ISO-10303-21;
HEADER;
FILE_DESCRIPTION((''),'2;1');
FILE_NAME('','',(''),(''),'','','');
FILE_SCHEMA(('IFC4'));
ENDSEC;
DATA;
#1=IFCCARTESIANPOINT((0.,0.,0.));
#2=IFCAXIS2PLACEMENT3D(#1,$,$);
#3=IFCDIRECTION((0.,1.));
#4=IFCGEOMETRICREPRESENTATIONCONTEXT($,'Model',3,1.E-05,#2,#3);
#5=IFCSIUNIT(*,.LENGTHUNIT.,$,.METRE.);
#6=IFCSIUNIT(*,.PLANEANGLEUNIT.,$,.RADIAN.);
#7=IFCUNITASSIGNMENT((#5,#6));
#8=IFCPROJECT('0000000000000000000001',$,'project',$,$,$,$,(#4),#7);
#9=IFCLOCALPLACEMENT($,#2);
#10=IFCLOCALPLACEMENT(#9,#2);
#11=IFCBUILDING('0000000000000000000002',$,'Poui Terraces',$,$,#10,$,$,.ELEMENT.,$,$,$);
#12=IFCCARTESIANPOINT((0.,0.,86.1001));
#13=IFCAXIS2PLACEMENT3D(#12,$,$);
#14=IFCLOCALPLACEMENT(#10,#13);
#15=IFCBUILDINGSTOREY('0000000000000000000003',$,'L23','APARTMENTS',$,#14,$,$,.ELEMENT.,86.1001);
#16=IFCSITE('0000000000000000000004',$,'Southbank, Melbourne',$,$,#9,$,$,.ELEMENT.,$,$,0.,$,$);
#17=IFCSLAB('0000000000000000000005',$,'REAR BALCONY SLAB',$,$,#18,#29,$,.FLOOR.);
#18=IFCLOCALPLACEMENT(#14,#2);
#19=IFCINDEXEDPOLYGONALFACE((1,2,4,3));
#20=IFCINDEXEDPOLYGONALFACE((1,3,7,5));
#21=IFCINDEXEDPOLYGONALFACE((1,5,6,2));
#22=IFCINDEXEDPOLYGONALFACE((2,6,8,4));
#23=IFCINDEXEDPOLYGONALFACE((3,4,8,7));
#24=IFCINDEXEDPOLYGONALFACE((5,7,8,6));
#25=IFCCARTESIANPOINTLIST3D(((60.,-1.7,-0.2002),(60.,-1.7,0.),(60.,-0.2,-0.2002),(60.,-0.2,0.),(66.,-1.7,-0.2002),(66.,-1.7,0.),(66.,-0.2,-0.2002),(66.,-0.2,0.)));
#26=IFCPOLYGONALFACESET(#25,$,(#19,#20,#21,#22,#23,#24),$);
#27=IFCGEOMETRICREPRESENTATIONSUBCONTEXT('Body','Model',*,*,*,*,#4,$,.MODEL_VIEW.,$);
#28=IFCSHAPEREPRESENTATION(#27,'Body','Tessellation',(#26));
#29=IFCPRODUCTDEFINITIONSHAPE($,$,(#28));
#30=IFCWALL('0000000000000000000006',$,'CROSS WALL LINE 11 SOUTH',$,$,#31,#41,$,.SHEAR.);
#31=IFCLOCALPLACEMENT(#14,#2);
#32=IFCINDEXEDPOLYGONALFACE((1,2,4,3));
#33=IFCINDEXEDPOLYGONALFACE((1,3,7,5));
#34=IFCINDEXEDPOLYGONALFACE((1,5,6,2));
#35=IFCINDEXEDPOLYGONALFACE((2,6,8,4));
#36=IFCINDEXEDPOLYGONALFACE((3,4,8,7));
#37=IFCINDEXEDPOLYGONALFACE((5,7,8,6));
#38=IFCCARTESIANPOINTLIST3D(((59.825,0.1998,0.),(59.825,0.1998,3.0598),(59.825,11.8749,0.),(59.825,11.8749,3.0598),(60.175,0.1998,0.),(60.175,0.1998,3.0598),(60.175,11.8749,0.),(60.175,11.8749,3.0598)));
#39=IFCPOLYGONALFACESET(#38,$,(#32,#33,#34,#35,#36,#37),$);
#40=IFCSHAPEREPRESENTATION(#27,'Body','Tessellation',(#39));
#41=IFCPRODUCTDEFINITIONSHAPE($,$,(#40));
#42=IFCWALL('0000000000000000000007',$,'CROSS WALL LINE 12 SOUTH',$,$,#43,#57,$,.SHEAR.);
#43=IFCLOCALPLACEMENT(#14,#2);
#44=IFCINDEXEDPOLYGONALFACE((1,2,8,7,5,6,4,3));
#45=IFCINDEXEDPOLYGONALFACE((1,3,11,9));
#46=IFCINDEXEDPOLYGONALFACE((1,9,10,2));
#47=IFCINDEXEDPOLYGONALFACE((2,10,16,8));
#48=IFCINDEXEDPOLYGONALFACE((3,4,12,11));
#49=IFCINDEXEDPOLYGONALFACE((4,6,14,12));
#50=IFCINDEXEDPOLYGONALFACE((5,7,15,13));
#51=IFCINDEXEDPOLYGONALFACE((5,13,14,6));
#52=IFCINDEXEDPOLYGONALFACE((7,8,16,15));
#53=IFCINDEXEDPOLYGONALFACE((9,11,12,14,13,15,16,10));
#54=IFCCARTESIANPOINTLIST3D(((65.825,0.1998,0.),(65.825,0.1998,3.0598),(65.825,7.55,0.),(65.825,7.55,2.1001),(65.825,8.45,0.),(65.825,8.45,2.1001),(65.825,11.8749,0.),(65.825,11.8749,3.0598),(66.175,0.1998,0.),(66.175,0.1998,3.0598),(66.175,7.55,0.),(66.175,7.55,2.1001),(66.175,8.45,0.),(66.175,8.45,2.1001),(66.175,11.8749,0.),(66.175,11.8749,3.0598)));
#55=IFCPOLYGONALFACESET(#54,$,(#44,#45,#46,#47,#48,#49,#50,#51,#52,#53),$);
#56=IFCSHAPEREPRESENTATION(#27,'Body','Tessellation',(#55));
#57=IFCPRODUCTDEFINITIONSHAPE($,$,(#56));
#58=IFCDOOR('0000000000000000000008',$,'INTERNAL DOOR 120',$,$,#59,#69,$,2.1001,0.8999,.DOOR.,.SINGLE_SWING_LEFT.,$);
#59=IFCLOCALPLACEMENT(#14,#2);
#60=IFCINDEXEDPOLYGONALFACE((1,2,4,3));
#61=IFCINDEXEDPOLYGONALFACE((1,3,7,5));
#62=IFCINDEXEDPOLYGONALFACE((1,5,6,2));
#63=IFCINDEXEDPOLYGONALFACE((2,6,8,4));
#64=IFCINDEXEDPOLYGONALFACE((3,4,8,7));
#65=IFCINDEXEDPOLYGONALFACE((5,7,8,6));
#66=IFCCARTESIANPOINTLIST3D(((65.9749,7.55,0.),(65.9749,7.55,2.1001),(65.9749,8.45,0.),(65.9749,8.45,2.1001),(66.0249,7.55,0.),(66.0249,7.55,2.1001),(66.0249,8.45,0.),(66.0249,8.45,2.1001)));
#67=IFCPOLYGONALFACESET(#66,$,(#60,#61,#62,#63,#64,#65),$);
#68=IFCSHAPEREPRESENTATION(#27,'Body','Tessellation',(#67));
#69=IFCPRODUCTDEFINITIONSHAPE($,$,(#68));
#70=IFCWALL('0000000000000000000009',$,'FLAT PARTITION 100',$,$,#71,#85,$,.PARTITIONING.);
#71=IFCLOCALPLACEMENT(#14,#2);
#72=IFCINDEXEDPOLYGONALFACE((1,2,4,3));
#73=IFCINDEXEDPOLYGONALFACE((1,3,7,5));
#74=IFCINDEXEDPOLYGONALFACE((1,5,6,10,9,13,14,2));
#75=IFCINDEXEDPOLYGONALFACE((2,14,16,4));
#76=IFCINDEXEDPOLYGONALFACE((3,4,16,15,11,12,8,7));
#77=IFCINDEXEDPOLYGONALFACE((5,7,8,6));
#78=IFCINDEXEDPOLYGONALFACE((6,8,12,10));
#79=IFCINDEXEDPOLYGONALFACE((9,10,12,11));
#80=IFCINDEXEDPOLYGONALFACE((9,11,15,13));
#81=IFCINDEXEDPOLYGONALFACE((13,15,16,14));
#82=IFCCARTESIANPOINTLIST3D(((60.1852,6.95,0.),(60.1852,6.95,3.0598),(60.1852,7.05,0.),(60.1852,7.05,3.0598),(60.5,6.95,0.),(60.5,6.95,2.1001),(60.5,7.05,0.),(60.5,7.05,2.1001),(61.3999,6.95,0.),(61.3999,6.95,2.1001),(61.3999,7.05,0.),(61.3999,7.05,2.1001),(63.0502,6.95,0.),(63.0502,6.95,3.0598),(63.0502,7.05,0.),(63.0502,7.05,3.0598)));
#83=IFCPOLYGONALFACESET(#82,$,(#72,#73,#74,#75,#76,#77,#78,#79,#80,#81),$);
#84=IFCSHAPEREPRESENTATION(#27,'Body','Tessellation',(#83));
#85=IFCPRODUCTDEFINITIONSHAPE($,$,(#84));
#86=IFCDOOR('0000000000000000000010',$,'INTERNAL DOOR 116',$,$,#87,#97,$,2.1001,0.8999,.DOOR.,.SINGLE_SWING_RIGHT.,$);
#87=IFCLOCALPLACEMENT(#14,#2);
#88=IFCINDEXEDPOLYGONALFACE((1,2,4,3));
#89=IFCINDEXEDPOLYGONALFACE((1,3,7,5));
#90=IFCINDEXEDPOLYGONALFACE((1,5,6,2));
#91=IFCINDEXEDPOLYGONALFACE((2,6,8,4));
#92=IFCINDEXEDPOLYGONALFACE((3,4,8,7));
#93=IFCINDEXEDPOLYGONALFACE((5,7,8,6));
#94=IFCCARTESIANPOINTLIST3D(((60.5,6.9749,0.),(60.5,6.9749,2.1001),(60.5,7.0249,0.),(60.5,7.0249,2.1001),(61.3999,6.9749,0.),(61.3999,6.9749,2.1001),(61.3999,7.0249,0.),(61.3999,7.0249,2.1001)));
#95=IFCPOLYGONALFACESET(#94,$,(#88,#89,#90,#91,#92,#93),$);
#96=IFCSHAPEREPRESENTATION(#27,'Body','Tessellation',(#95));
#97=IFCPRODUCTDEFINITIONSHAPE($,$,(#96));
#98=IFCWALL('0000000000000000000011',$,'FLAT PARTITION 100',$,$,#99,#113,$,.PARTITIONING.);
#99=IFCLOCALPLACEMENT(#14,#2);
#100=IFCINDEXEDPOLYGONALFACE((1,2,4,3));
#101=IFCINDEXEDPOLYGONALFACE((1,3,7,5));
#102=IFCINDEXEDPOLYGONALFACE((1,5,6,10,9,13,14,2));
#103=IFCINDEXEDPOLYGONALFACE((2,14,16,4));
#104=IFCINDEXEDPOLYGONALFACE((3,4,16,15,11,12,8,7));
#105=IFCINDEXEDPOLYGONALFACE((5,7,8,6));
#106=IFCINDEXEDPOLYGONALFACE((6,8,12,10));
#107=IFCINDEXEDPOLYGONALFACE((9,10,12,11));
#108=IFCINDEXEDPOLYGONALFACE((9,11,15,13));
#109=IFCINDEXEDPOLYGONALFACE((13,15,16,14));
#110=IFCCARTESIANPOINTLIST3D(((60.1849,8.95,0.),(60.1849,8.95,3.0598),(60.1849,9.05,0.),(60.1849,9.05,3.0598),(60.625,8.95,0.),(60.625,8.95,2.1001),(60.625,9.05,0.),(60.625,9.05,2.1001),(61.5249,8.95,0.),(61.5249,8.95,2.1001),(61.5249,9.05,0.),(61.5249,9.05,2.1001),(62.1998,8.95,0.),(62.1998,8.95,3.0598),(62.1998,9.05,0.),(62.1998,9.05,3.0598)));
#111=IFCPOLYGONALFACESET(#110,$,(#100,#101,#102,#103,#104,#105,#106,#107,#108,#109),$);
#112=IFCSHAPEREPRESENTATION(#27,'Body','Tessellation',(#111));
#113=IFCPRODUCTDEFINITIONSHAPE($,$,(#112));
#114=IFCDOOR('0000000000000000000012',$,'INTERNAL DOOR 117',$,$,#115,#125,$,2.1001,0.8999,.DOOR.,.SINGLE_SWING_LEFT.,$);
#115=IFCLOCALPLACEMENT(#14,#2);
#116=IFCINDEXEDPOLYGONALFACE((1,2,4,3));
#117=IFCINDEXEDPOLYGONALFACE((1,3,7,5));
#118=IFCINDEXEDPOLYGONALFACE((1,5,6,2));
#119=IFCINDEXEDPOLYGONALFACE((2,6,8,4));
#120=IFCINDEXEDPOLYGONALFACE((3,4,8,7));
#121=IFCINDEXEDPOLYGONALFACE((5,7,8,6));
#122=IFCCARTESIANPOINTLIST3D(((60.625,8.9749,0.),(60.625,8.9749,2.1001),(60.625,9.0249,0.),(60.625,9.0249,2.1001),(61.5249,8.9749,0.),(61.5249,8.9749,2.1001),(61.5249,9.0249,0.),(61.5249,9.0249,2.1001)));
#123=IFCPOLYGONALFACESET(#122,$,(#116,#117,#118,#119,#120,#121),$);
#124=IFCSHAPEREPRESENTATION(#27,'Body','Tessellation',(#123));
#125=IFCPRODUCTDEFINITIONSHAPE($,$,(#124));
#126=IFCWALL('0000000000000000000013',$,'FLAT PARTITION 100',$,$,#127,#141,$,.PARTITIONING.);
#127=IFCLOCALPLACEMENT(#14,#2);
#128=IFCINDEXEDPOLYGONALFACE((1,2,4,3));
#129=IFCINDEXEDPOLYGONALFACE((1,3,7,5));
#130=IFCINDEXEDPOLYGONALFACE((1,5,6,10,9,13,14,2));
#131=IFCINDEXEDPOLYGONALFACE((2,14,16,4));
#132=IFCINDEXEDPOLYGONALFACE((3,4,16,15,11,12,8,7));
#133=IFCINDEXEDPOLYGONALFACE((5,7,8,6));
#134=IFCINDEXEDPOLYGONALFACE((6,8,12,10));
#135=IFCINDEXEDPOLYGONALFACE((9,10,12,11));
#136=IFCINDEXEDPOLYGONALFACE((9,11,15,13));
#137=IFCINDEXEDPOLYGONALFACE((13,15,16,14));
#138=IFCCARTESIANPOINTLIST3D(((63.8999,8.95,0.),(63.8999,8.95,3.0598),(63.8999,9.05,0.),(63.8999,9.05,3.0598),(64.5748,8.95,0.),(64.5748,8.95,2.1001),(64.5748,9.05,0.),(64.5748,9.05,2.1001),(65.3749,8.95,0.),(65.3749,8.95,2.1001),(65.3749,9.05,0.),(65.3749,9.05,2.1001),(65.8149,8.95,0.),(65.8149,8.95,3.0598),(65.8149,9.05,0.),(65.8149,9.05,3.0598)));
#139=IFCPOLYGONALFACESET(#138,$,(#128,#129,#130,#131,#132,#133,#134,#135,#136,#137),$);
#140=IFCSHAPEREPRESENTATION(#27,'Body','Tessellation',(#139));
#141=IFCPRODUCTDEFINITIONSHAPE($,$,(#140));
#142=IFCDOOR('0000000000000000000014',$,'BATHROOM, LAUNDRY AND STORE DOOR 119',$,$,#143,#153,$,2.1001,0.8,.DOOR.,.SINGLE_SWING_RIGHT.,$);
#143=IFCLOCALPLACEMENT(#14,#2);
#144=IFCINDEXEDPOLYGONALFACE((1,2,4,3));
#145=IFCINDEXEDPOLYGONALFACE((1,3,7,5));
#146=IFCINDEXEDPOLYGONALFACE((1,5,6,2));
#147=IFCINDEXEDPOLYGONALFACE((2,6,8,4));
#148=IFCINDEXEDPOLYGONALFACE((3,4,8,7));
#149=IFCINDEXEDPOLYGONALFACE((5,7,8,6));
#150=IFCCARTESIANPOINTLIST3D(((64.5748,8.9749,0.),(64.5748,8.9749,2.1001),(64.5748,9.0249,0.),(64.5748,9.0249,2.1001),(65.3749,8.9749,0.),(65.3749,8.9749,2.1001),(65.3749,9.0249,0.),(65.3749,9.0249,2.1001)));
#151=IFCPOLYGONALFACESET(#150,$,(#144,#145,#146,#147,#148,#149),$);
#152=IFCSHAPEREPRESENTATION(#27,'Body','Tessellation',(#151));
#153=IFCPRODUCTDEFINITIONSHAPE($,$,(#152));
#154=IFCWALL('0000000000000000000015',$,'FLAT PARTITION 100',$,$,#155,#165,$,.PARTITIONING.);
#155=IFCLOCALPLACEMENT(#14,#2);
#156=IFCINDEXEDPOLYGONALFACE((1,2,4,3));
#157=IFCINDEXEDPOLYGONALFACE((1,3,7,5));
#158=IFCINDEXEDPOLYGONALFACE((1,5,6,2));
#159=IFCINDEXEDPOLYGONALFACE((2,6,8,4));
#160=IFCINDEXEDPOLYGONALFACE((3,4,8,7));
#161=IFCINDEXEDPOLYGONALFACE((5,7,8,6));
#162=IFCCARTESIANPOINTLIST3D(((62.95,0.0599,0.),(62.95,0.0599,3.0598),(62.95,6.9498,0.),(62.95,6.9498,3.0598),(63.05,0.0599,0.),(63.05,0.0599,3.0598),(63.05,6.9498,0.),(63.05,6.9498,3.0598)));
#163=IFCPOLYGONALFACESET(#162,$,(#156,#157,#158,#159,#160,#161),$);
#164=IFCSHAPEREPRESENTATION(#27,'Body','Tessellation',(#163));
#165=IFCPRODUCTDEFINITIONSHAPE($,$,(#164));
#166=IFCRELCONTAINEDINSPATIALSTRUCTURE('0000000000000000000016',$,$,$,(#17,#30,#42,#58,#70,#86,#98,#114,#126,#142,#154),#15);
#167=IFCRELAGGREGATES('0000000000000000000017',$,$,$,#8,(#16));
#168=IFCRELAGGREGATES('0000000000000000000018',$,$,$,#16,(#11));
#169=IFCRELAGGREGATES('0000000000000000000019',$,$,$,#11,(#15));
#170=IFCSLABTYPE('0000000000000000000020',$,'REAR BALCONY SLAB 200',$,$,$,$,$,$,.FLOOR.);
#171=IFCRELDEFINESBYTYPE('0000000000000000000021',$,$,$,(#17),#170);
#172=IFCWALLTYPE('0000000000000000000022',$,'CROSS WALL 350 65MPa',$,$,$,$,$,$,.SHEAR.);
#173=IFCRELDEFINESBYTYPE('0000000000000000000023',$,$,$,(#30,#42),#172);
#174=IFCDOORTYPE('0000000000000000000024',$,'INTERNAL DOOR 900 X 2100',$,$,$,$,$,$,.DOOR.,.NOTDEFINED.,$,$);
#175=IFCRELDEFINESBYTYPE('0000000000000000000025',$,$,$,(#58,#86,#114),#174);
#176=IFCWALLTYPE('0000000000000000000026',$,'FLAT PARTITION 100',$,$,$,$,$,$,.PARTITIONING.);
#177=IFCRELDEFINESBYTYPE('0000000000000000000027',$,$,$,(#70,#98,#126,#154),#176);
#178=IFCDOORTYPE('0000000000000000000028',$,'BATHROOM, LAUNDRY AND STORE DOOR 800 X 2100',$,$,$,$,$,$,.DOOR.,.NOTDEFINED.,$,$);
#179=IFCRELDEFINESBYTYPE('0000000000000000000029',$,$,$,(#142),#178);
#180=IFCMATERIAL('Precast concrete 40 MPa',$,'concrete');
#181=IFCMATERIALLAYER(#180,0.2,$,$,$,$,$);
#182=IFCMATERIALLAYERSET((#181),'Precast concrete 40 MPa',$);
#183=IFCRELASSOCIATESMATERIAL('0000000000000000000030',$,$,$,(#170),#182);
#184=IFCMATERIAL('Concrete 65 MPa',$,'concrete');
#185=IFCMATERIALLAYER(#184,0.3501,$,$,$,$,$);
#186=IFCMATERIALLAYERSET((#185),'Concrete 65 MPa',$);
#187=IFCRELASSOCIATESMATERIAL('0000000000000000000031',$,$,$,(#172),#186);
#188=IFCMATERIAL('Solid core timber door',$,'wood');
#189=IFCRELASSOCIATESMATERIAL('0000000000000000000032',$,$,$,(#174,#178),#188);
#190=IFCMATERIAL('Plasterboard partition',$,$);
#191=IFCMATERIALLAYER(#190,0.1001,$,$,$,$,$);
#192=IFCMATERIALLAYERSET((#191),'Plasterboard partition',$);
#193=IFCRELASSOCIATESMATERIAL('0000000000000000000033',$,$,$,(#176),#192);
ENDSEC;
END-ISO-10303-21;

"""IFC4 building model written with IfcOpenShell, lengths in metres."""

from ifc_helpers import new_model, si_unit, direction, frame, frame_2d, origin, place, context, subcontext, project, spatial, polyline, rectangle, outline, extrude, source, transform, mapped, material, layer, layer_set, type_object, element, fill, save


model = new_model("IFC4")

# Units and contexts
model_context = context("Model", 3, precision=1e-05, world=origin(), true_north=direction((0.0, 1.0)))
body_context = subcontext(model_context, "Body", "Model", "MODEL_VIEW")
ifc_project = project(units=[si_unit("LENGTHUNIT", "METRE"), si_unit("PLANEANGLEUNIT", "RADIAN")], contexts=[model_context])

# Site, building, storey
site_placement = place(None, origin())
site = spatial("IfcSite", under=ifc_project, at=site_placement, Name="Southbank, Melbourne", CompositionType="ELEMENT", RefElevation=0.0)
building_placement = place(site_placement, origin())
building = spatial("IfcBuilding", under=site, at=building_placement, Name="Poui Terraces", CompositionType="ELEMENT")
storey_placement = place(building_placement, frame((0.0, 0.0, 86.1001)))
storey = spatial("IfcBuildingStorey", under=building, at=storey_placement, Name="L23", Description="APARTMENTS", CompositionType="ELEMENT", Elevation=86.1001)

# Slab
ifc_material_1 = material(Name="Precast concrete 40 MPa", Category="concrete")
ifc_layer_1 = layer(ifc_material_1, 0.2)
ifc_layer_set_1 = layer_set([ifc_layer_1], Name="Precast concrete 40 MPa")
slab_type = type_object("IfcSlabType", Name="REAR BALCONY SLAB 200", PredefinedType="FLOOR", material=ifc_layer_set_1)
shared_shape_1 = source(origin(), body_context, "Body", "SweptSolid", [
    extrude(outline(polyline([(0.0, 0.0), (6.0, 0.0), (6.0, 1.5), (0.0, 1.5), (0.0, 0.0)])), origin(), (0.0, 0.0, 1.0), 0.2002),
])
slab_placement = place(storey_placement, frame((60.0, -1.7, -0.2002)))
element("IfcSlab", 1, at=slab_placement, inside=storey, type_object=slab_type, Name="REAR BALCONY SLAB", PredefinedType="FLOOR", context=body_context, shape_type="MappedRepresentation", body=[
    mapped(shared_shape_1, transform((0.0, 0.0, 0.0))),
])

# Wall
ifc_material_2 = material(Name="Concrete 65 MPa", Category="concrete")
ifc_layer_2 = layer(ifc_material_2, 0.3501)
ifc_layer_set_2 = layer_set([ifc_layer_2], Name="Concrete 65 MPa")
wall_type_1 = type_object("IfcWallType", Name="CROSS WALL 350 65MPa", PredefinedType="SHEAR", material=ifc_layer_set_2)
wall_1_placement = place(storey_placement, frame((60.0, 0.2, 0.0), z_axis=(0.0, 0.0, 1.0), x_axis=(0.0, 1.0, 0.0)))
element("IfcWall", 2, at=wall_1_placement, inside=storey, type_object=wall_type_1, Name="CROSS WALL LINE 11 SOUTH", PredefinedType="SHEAR", context=body_context, shape_type="SweptSolid", body=[
    extrude(rectangle(XDim=11.675, YDim=0.3501, at=frame_2d((5.8374, 0.0))), origin(), (0.0, 0.0, 1.0), 3.0598),
])

# Walls, openings, doors
wall_2_placement = place(storey_placement, frame((66.0, 0.2, 0.0), z_axis=(0.0, 0.0, 1.0), x_axis=(0.0, 1.0, 0.0)))
wall_2 = element("IfcWall", 3, at=wall_2_placement, inside=storey, type_object=wall_type_1, Name="CROSS WALL LINE 12 SOUTH", PredefinedType="SHEAR", context=body_context, shape_type="SweptSolid", body=[
    extrude(rectangle(XDim=11.675, YDim=0.3501, at=frame_2d((5.8374, 0.0))), origin(), (0.0, 0.0, 1.0), 3.0598),
])
opening_1_placement = place(wall_2_placement, frame((7.3501, 0.0, 0.0)))
opening_1 = element("IfcOpeningElement", 4, at=opening_1_placement, cuts=wall_2, PredefinedType="OPENING", context=body_context, shape_type="SweptSolid", body=[
    extrude(rectangle(XDim=0.8999, YDim=2.1001, at=frame_2d((0.45, 1.05))), frame((0.0, 0.1851, 0.0), z_axis=(0.0, -1.0, 0.0), x_axis=(1.0, 0.0, 0.0)), (0.0, 0.0, 1.0), 0.3701),
])
ifc_material_3 = material(Name="Solid core timber door", Category="wood")
door_type_1 = type_object("IfcDoorType", Name="INTERNAL DOOR 900 X 2100", OperationType="NOTDEFINED", PredefinedType="DOOR", material=ifc_material_3)
door_1_placement = place(opening_1_placement, frame((0.8999, 0.0, 0.0), z_axis=(0.0, 0.0, 1.0), x_axis=(-1.0, 0.0, 0.0)))
door_1 = element("IfcDoor", 5, at=door_1_placement, inside=storey, type_object=door_type_1, Name="INTERNAL DOOR 120", OperationType="SINGLE_SWING_LEFT", OverallHeight=2.1001, OverallWidth=0.8999, PredefinedType="DOOR", context=body_context, shape_type="SweptSolid", body=[
    extrude(rectangle(XDim=0.8999, YDim=2.1001, at=frame_2d((0.45, 1.05))), frame((0.0, 0.0249, 0.0), z_axis=(0.0, -1.0, 0.0), x_axis=(1.0, 0.0, 0.0)), (0.0, 0.0, 1.0), 0.05),
])
fill(opening_1, door_1)
ifc_material_4 = material(Name="Plasterboard partition")
ifc_layer_3 = layer(ifc_material_4, 0.1001)
ifc_layer_set_3 = layer_set([ifc_layer_3], Name="Plasterboard partition")
wall_type_2 = type_object("IfcWallType", Name="FLAT PARTITION 100", PredefinedType="PARTITIONING", material=ifc_layer_set_3)
wall_3_placement = place(storey_placement, frame((60.1851, 7.0, 0.0), z_axis=(0.0, 0.0, 1.0), x_axis=(1.0, 0.0, 0.0)))
wall_3 = element("IfcWall", 6, at=wall_3_placement, inside=storey, type_object=wall_type_2, Name="FLAT PARTITION 100", PredefinedType="PARTITIONING", context=body_context, shape_type="SweptSolid", body=[
    extrude(rectangle(XDim=2.865, YDim=0.1001, at=frame_2d((1.4326, 0.0))), origin(), (0.0, 0.0, 1.0), 3.0598),
])
opening_2_placement = place(wall_3_placement, frame((0.3149, 0.0, 0.0)))
opening_2 = element("IfcOpeningElement", 7, at=opening_2_placement, cuts=wall_3, PredefinedType="OPENING", context=body_context, shape_type="SweptSolid", body=[
    extrude(rectangle(XDim=0.8999, YDim=2.1001, at=frame_2d((0.45, 1.05))), frame((0.0, 0.0601, 0.0), z_axis=(0.0, -1.0, 0.0), x_axis=(1.0, 0.0, 0.0)), (0.0, 0.0, 1.0), 0.1201),
])
door_2_placement = place(opening_2_placement, origin())
door_2 = element("IfcDoor", 8, at=door_2_placement, inside=storey, type_object=door_type_1, Name="INTERNAL DOOR 116", OperationType="SINGLE_SWING_RIGHT", OverallHeight=2.1001, OverallWidth=0.8999, PredefinedType="DOOR", context=body_context, shape_type="SweptSolid", body=[
    extrude(rectangle(XDim=0.8999, YDim=2.1001, at=frame_2d((0.45, 1.05))), frame((0.0, 0.0249, 0.0), z_axis=(0.0, -1.0, 0.0), x_axis=(1.0, 0.0, 0.0)), (0.0, 0.0, 1.0), 0.05),
])
fill(opening_2, door_2)
wall_4_placement = place(storey_placement, frame((60.1851, 9.0, 0.0), z_axis=(0.0, 0.0, 1.0), x_axis=(1.0, 0.0, 0.0)))
wall_4 = element("IfcWall", 9, at=wall_4_placement, inside=storey, type_object=wall_type_2, Name="FLAT PARTITION 100", PredefinedType="PARTITIONING", context=body_context, shape_type="SweptSolid", body=[
    extrude(rectangle(XDim=2.0149, YDim=0.1001, at=frame_2d((1.0073, 0.0))), origin(), (0.0, 0.0, 1.0), 3.0598),
])
opening_3_placement = place(wall_4_placement, frame((0.4399, 0.0, 0.0)))
opening_3 = element("IfcOpeningElement", 10, at=opening_3_placement, cuts=wall_4, PredefinedType="OPENING", context=body_context, shape_type="SweptSolid", body=[
    extrude(rectangle(XDim=0.8999, YDim=2.1001, at=frame_2d((0.45, 1.05))), frame((0.0, 0.0601, 0.0), z_axis=(0.0, -1.0, 0.0), x_axis=(1.0, 0.0, 0.0)), (0.0, 0.0, 1.0), 0.1201),
])
door_3_placement = place(opening_3_placement, origin())
door_3 = element("IfcDoor", 11, at=door_3_placement, inside=storey, type_object=door_type_1, Name="INTERNAL DOOR 117", OperationType="SINGLE_SWING_LEFT", OverallHeight=2.1001, OverallWidth=0.8999, PredefinedType="DOOR", context=body_context, shape_type="SweptSolid", body=[
    extrude(rectangle(XDim=0.8999, YDim=2.1001, at=frame_2d((0.45, 1.05))), frame((0.0, 0.0249, 0.0), z_axis=(0.0, -1.0, 0.0), x_axis=(1.0, 0.0, 0.0)), (0.0, 0.0, 1.0), 0.05),
])
fill(opening_3, door_3)
wall_5_placement = place(storey_placement, frame((63.8999, 9.0, 0.0), z_axis=(0.0, 0.0, 1.0), x_axis=(1.0, 0.0, 0.0)))
wall_5 = element("IfcWall", 12, at=wall_5_placement, inside=storey, type_object=wall_type_2, Name="FLAT PARTITION 100", PredefinedType="PARTITIONING", context=body_context, shape_type="SweptSolid", body=[
    extrude(rectangle(XDim=1.915, YDim=0.1001, at=frame_2d((0.9575, 0.0))), origin(), (0.0, 0.0, 1.0), 3.0598),
])
opening_4_placement = place(wall_5_placement, frame((0.675, 0.0, 0.0)))
opening_4 = element("IfcOpeningElement", 13, at=opening_4_placement, cuts=wall_5, PredefinedType="OPENING", context=body_context, shape_type="SweptSolid", body=[
    extrude(rectangle(XDim=0.8, YDim=2.1001, at=frame_2d((0.3999, 1.05))), frame((0.0, 0.0601, 0.0), z_axis=(0.0, -1.0, 0.0), x_axis=(1.0, 0.0, 0.0)), (0.0, 0.0, 1.0), 0.1201),
])
door_type_2 = type_object("IfcDoorType", Name="BATHROOM, LAUNDRY AND STORE DOOR 800 X 2100", OperationType="NOTDEFINED", PredefinedType="DOOR", material=ifc_material_3)
door_4_placement = place(opening_4_placement, origin())
door_4 = element("IfcDoor", 14, at=door_4_placement, inside=storey, type_object=door_type_2, Name="BATHROOM, LAUNDRY AND STORE DOOR 119", OperationType="SINGLE_SWING_RIGHT", OverallHeight=2.1001, OverallWidth=0.8, PredefinedType="DOOR", context=body_context, shape_type="SweptSolid", body=[
    extrude(rectangle(XDim=0.8, YDim=2.1001, at=frame_2d((0.3999, 1.05))), frame((0.0, 0.0249, 0.0), z_axis=(0.0, -1.0, 0.0), x_axis=(1.0, 0.0, 0.0)), (0.0, 0.0, 1.0), 0.05),
])
fill(opening_4, door_4)

# Wall
wall_6_placement = place(storey_placement, frame((63.0, 0.0601, 0.0), z_axis=(0.0, 0.0, 1.0), x_axis=(0.0, 1.0, 0.0)))
element("IfcWall", 15, at=wall_6_placement, inside=storey, type_object=wall_type_2, Name="FLAT PARTITION 100", PredefinedType="PARTITIONING", context=body_context, shape_type="SweptSolid", body=[
    extrude(rectangle(XDim=6.8899, YDim=0.1001, at=frame_2d((3.4448, 0.0))), origin(), (0.0, 0.0, 1.0), 3.0598),
])

save(model, "model.ifc")
